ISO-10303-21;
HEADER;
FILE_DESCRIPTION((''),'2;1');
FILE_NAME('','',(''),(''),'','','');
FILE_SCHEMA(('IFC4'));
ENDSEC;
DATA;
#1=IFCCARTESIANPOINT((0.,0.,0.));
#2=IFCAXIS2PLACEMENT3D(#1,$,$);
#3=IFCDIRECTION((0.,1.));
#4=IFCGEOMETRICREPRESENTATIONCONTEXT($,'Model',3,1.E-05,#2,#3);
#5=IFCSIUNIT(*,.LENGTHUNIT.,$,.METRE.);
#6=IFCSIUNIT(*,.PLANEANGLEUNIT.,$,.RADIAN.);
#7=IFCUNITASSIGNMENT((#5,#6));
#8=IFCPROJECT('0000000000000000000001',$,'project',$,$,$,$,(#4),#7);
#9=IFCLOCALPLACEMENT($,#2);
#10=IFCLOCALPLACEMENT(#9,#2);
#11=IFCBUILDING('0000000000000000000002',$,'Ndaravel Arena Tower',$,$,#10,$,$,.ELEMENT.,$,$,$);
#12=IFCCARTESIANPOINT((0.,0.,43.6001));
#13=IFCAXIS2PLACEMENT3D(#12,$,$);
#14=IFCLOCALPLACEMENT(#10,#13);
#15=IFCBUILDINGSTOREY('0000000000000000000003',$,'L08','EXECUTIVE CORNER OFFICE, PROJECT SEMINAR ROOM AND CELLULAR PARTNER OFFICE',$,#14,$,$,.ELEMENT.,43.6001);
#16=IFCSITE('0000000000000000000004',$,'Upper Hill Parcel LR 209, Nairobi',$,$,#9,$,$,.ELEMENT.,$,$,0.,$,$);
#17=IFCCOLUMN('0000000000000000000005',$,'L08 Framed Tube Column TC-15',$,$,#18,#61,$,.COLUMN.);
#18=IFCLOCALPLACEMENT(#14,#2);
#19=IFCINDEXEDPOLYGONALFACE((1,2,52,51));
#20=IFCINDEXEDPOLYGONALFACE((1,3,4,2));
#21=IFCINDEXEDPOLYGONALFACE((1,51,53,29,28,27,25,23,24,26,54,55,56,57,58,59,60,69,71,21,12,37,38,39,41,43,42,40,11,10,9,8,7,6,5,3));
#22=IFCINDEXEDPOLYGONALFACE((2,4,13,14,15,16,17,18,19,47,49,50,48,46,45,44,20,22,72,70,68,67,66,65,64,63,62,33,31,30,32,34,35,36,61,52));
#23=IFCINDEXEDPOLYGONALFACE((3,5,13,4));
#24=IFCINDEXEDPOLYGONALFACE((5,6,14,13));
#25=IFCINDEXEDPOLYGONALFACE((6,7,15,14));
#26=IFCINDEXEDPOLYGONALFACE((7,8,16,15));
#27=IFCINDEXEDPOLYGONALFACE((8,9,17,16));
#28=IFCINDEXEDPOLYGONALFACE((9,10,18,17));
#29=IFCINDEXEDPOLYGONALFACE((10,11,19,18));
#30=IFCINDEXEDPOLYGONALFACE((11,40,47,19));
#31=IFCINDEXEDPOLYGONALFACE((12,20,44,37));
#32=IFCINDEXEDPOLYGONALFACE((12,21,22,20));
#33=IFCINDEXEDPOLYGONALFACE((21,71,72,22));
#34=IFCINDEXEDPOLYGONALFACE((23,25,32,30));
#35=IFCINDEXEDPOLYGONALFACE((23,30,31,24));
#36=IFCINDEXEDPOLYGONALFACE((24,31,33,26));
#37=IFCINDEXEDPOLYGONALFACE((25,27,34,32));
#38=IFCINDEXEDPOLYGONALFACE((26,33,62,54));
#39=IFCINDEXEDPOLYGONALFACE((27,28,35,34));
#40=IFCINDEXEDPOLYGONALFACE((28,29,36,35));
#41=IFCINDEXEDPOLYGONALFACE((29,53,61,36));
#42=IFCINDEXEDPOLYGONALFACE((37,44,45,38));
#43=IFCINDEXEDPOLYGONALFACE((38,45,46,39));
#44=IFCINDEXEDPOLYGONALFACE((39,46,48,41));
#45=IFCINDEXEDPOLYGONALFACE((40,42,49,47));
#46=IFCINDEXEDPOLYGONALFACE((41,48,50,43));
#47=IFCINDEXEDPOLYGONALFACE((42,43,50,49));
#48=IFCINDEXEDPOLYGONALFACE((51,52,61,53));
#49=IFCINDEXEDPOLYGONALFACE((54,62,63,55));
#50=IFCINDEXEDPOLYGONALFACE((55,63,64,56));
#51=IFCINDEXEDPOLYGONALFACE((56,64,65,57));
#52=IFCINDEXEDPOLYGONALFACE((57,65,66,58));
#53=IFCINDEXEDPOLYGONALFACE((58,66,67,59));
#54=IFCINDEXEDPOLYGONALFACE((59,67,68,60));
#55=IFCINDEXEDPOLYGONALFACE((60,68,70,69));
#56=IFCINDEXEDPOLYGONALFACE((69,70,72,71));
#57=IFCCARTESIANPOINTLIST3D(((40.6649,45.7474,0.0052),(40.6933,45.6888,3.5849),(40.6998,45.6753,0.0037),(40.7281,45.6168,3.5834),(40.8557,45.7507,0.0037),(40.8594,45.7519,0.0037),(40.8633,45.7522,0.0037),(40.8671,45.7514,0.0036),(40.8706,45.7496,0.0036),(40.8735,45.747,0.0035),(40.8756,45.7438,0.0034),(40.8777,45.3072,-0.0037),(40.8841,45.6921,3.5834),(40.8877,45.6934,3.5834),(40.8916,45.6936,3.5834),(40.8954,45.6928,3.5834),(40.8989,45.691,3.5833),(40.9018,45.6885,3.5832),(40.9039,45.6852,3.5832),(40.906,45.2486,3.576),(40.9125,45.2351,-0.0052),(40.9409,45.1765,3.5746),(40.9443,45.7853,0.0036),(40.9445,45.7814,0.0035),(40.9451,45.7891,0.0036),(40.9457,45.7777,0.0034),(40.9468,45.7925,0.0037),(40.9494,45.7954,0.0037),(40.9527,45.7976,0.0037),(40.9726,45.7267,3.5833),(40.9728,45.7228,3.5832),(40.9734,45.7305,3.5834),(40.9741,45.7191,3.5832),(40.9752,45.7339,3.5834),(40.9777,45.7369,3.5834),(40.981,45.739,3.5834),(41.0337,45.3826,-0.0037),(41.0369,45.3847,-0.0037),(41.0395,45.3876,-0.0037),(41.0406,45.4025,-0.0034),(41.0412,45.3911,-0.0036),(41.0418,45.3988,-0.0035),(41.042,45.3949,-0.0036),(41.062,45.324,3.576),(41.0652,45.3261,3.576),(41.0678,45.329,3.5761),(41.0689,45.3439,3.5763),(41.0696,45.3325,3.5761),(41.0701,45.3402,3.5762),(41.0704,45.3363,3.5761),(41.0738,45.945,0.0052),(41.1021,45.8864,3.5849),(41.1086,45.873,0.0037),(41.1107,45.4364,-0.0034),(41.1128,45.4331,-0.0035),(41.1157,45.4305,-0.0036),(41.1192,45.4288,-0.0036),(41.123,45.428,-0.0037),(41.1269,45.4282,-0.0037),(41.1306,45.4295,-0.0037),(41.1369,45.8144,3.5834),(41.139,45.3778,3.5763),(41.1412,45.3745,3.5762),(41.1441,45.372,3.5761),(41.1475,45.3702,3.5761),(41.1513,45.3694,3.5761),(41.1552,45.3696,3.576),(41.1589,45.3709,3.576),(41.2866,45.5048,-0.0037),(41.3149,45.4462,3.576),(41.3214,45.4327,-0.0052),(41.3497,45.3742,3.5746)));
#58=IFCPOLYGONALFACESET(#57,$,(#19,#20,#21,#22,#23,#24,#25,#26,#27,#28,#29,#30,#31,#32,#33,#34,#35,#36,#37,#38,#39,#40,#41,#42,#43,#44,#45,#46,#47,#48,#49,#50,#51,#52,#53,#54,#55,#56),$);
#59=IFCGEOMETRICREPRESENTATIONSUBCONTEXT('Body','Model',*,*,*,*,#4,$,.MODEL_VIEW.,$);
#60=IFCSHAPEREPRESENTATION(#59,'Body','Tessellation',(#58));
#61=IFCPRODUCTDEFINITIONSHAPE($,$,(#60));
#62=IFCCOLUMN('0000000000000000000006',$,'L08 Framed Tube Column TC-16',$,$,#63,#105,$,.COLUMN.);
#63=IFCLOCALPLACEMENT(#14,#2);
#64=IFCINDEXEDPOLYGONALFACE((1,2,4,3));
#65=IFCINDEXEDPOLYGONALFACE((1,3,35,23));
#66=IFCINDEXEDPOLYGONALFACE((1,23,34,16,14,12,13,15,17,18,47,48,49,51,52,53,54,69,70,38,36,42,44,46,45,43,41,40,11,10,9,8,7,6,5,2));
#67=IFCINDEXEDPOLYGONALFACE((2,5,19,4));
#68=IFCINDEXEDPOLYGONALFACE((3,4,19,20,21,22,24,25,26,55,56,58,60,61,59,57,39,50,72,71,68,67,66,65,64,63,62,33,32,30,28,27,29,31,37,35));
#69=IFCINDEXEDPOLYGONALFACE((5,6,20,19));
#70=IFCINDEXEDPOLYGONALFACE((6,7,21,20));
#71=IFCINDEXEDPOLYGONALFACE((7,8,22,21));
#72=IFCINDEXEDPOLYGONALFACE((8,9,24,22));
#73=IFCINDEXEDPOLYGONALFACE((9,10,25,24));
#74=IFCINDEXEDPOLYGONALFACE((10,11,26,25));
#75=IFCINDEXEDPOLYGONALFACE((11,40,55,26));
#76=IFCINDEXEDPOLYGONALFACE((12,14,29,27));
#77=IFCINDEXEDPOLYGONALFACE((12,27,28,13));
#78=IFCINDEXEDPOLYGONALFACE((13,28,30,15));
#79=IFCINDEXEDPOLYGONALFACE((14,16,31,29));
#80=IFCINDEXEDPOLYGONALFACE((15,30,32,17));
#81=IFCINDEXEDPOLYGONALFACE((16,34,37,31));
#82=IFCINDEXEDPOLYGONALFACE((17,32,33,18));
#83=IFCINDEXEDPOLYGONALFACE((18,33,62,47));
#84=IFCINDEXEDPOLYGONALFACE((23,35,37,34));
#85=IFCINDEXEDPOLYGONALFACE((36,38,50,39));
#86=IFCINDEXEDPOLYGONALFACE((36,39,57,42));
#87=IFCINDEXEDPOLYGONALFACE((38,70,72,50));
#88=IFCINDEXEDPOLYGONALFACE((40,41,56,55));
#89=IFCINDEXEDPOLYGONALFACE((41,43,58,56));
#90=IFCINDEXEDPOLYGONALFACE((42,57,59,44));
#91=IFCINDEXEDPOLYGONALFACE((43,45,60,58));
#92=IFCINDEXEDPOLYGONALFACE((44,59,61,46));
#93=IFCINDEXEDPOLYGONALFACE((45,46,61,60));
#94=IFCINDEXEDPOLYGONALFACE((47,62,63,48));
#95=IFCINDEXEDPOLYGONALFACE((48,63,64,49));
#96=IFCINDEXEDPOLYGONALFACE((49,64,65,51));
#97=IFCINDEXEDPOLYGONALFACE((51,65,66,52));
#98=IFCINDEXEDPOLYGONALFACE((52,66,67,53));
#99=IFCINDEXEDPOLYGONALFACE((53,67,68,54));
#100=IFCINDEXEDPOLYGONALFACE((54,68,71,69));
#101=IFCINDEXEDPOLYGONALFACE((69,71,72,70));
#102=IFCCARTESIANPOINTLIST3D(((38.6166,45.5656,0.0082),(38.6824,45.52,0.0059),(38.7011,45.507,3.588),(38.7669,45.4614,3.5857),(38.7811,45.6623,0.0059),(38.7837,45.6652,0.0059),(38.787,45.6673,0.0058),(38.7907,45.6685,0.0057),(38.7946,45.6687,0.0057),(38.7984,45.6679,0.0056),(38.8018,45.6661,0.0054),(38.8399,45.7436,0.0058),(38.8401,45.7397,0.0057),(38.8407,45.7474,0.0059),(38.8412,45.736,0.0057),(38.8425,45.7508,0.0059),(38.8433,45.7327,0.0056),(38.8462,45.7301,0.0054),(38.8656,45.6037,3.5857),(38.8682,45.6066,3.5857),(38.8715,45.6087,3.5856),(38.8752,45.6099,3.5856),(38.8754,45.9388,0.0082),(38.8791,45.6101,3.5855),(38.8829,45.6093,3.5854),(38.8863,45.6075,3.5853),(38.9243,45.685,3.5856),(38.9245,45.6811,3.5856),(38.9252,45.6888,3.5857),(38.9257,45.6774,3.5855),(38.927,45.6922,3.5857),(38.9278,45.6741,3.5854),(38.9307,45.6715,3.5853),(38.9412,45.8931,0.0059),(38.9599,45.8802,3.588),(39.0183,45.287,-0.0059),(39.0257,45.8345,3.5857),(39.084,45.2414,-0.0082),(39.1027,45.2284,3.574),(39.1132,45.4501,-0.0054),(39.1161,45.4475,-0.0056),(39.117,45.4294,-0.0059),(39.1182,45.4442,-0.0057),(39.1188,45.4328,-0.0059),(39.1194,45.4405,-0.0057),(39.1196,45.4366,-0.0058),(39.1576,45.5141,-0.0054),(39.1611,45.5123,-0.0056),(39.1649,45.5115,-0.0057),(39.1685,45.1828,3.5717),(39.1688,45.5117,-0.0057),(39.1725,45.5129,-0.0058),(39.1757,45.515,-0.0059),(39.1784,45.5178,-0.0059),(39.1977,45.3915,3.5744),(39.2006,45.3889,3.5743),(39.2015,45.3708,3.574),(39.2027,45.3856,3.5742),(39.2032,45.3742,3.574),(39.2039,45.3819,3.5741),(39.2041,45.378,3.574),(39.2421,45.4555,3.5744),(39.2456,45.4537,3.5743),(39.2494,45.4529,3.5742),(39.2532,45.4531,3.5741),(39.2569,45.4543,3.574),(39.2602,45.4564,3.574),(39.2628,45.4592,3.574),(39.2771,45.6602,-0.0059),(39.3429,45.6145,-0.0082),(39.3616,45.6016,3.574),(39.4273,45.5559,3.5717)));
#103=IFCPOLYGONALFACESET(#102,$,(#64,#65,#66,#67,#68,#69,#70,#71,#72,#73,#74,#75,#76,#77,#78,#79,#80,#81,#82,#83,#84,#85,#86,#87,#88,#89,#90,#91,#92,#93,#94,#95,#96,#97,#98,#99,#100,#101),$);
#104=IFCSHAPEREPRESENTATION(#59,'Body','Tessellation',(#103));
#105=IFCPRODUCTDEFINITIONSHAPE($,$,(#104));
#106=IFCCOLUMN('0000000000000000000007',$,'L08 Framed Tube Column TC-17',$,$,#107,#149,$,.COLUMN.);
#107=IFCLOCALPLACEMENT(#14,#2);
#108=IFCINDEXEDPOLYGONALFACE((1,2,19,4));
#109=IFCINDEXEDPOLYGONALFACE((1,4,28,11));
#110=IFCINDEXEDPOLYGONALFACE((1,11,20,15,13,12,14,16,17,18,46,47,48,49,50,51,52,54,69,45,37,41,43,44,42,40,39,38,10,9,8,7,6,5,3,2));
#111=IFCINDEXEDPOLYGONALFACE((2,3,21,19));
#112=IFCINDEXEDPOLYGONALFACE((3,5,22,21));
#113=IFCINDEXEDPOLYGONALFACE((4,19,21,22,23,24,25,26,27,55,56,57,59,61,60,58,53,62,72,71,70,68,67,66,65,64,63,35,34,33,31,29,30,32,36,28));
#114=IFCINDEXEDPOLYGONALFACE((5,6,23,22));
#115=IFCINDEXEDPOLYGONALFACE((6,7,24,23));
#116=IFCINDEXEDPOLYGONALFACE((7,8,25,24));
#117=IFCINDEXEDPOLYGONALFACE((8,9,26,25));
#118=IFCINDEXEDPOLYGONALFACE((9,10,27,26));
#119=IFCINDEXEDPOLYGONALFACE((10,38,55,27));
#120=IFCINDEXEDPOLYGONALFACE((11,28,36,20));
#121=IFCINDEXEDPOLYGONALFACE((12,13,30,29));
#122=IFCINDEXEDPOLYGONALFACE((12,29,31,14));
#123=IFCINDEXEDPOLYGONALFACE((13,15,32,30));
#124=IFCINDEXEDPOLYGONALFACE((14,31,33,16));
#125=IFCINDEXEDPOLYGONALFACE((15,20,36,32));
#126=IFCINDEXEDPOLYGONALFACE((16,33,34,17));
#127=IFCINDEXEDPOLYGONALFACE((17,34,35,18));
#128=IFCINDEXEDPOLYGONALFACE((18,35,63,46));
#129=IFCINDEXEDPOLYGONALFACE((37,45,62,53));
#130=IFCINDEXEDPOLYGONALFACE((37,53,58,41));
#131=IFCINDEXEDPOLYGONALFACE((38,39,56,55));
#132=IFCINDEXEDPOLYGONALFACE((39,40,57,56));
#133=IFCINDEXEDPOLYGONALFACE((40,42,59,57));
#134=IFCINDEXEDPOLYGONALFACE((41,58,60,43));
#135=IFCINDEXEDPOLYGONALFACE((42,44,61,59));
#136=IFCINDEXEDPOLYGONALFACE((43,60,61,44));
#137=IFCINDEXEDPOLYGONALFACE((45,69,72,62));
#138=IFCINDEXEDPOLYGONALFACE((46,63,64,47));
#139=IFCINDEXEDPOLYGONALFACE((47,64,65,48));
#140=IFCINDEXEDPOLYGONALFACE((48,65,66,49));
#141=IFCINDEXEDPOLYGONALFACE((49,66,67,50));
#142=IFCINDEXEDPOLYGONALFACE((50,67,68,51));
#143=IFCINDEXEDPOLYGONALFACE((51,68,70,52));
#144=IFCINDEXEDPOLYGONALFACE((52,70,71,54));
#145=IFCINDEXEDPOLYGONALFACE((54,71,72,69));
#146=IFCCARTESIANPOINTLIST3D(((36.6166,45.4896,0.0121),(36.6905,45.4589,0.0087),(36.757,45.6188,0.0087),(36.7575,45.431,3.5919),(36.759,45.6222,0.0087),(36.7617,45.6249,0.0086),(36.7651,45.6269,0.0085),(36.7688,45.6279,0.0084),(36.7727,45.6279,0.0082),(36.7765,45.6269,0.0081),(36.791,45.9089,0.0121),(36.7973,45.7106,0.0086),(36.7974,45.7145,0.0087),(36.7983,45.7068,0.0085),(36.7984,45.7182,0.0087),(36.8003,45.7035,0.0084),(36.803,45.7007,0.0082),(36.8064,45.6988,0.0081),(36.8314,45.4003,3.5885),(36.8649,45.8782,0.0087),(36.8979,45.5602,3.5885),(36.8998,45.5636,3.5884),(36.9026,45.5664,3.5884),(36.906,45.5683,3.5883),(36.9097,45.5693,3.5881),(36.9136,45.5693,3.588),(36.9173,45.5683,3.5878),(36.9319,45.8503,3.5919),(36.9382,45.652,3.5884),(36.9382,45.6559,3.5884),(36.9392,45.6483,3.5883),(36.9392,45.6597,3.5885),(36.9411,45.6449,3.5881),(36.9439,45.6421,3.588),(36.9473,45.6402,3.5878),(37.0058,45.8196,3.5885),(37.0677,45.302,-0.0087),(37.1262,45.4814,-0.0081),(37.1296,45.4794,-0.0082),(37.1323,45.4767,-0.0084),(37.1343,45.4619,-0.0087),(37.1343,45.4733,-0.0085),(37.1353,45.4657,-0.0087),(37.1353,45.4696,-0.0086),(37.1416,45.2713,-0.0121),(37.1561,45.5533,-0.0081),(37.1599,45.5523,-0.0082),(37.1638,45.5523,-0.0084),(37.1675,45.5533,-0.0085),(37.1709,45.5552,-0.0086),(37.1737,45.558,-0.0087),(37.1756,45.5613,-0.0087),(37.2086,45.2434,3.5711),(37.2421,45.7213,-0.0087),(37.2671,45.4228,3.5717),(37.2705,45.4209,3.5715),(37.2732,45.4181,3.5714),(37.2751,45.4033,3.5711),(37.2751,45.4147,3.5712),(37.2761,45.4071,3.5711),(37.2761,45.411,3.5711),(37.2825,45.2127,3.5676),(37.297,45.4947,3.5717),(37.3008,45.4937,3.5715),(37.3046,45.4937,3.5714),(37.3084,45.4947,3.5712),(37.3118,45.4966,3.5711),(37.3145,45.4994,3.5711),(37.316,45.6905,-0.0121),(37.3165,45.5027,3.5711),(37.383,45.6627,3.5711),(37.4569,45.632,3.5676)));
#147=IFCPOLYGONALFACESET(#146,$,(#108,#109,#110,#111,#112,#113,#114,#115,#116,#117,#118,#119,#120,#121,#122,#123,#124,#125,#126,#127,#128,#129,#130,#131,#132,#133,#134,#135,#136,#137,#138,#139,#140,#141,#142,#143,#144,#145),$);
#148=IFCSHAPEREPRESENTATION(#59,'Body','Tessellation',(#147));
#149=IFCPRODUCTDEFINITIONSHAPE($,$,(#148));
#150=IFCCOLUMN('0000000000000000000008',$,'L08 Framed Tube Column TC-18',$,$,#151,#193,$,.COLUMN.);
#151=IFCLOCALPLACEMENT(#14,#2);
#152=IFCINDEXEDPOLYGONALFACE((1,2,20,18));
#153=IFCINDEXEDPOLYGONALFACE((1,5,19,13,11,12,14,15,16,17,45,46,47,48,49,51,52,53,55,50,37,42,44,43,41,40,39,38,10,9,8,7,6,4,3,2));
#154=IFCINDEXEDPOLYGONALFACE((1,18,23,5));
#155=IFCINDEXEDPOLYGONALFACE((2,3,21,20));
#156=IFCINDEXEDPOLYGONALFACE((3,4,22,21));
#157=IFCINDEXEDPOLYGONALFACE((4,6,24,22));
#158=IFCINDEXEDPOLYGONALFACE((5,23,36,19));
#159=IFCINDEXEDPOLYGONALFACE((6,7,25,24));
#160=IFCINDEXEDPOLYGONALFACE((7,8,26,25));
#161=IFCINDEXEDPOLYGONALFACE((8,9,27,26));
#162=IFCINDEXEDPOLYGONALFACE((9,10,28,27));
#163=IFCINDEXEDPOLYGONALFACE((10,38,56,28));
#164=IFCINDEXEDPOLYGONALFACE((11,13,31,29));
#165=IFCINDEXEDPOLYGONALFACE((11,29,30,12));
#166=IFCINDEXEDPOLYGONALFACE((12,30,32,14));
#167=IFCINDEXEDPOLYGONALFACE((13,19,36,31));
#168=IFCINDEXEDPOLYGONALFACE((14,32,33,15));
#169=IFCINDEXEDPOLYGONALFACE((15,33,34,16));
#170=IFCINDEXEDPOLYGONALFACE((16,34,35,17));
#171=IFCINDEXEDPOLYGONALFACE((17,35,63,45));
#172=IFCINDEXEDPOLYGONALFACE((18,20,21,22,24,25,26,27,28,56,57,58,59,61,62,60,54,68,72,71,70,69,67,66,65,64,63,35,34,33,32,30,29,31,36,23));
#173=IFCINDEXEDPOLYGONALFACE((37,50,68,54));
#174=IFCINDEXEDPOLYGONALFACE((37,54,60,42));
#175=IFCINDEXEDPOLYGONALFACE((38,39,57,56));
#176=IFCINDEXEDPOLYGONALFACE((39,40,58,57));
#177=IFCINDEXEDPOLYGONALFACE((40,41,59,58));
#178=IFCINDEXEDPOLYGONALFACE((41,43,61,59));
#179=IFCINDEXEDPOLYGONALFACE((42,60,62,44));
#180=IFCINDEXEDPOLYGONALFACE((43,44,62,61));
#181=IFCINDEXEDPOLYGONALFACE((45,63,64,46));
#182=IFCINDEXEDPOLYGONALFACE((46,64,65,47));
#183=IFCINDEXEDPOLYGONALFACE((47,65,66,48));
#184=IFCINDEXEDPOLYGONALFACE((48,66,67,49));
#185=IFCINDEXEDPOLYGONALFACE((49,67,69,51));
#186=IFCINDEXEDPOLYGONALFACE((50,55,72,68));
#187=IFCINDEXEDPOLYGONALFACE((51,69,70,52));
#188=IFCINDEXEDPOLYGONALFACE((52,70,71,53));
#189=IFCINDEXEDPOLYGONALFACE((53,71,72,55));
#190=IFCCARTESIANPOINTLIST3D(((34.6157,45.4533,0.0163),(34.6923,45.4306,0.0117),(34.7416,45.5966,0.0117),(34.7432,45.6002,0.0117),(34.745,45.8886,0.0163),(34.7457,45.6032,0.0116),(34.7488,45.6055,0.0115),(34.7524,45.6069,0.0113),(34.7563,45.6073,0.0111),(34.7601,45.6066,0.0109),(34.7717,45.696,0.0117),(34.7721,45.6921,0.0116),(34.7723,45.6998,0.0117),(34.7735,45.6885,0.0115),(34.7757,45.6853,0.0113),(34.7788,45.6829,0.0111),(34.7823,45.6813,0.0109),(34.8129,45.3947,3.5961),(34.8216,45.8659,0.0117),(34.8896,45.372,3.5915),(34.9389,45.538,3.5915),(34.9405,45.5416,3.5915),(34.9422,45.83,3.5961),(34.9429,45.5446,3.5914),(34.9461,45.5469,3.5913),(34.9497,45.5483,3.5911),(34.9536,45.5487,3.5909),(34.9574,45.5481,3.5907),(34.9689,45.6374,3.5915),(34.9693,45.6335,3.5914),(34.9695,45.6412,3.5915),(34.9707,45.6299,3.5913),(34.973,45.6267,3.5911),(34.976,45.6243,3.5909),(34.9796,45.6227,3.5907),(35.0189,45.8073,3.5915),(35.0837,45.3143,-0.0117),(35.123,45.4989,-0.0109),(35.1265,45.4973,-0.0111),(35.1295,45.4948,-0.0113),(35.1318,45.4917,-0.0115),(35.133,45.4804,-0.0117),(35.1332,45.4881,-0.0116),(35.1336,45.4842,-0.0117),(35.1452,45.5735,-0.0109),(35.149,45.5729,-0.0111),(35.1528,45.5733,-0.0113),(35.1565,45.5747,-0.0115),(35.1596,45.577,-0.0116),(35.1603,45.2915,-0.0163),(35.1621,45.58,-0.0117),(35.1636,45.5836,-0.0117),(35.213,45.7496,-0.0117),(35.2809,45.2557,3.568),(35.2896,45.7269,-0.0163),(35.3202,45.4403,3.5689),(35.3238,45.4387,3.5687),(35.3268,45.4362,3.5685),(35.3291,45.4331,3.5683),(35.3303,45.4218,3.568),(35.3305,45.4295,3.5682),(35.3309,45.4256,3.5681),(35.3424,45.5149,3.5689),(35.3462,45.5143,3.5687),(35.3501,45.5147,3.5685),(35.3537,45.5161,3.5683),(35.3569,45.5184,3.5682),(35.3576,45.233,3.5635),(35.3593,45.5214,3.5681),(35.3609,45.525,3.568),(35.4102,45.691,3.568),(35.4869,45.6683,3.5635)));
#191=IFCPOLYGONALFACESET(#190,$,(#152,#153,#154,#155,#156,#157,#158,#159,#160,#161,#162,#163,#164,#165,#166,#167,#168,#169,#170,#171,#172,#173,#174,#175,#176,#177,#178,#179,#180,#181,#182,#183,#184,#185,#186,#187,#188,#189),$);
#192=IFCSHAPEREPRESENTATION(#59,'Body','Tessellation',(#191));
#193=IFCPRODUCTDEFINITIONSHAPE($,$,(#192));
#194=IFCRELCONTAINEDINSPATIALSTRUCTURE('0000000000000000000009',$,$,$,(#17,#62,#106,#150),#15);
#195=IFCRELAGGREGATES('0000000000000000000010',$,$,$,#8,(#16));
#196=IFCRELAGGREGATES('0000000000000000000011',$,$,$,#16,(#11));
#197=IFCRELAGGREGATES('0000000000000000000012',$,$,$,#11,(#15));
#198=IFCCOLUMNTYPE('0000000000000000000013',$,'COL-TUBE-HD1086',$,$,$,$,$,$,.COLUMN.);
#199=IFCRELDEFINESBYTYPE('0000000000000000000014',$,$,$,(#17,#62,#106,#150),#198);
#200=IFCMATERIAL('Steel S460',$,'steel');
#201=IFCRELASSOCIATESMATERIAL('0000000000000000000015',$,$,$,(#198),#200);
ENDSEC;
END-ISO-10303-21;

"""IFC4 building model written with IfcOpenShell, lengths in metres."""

from ifc_helpers import new_model, si_unit, direction, frame, origin, origin_2d, place, context, subcontext, project, spatial, i_section, extrude, material, material_profile, profile_set, type_object, element, save


model = new_model("IFC4")

# Units and contexts
model_context = context("Model", 3, precision=1e-05, world=origin(), true_north=direction((0.0, 1.0)))
body_context = subcontext(model_context, "Body", "Model", "MODEL_VIEW")
ifc_project = project(units=[si_unit("LENGTHUNIT", "METRE"), si_unit("PLANEANGLEUNIT", "RADIAN")], contexts=[model_context])

# Site, building, storey
site_placement = place(None, origin())
site = spatial("IfcSite", under=ifc_project, at=site_placement, Name="Upper Hill Parcel LR 209, Nairobi", CompositionType="ELEMENT", RefElevation=0.0)
building_placement = place(site_placement, origin())
building = spatial("IfcBuilding", under=site, at=building_placement, Name="Ndaravel Arena Tower", CompositionType="ELEMENT")
storey_placement = place(building_placement, frame((0.0, 0.0, 43.6001)))
storey = spatial("IfcBuildingStorey", under=building, at=storey_placement, Name="L08", Description="EXECUTIVE CORNER OFFICE, PROJECT SEMINAR ROOM AND CELLULAR PARTNER OFFICE", CompositionType="ELEMENT", Elevation=43.6001)

# Columns
ifc_material_1 = material(Name="Steel S460", Category="steel")
ifc_material_profile_1 = material_profile(ifc_material_1, i_section(OverallWidth=0.4541, OverallDepth=0.5691, WebThickness=0.0779, FlangeThickness=0.0801, FilletRadius=0.0149, at=origin_2d()), Name="HD 400x1086")
ifc_profile_set_1 = profile_set([ifc_material_profile_1], Name="Steel S460")
column_type = type_object("IfcColumnType", Name="COL-TUBE-HD1086", PredefinedType="COLUMN", material=ifc_profile_set_1)
column_1_placement = place(storey_placement, frame((40.9932, 45.5901, 0.0), z_axis=(0.00791, -0.016365, 0.999835), x_axis=(0.900349, 0.435169, 0.0)))
element("IfcColumn", 1, at=column_1_placement, inside=storey, type_object=column_type, Name="L08 Framed Tube Column TC-15", PredefinedType="COLUMN", context=body_context, shape_type="SweptSolid", body=[
    extrude(i_section(OverallWidth=0.4541, OverallDepth=0.5691, WebThickness=0.0779, FlangeThickness=0.0801, FilletRadius=0.0149, at=origin_2d()), origin(), (0.0, 0.0, 1.0), 3.5803),
])
column_2_placement = place(storey_placement, frame((38.9797, 45.5901, 0.0), z_axis=(0.023587, -0.016361, 0.999588), x_axis=(0.569951, 0.821679, 0.0)))
element("IfcColumn", 2, at=column_2_placement, inside=storey, type_object=column_type, Name="L08 Framed Tube Column TC-16", PredefinedType="COLUMN", context=body_context, shape_type="SweptSolid", body=[
    extrude(i_section(OverallWidth=0.4541, OverallDepth=0.5691, WebThickness=0.0779, FlangeThickness=0.0801, FilletRadius=0.0149, at=origin_2d()), origin(), (0.0, 0.0, 1.0), 3.5813),
])
column_3_placement = place(storey_placement, frame((36.9663, 45.5901, 0.0), z_axis=(0.039315, -0.016353, 0.999093), x_axis=(0.384047, 0.923313, 0.0)))
element("IfcColumn", 3, at=column_3_placement, inside=storey, type_object=column_type, Name="L08 Framed Tube Column TC-17", PredefinedType="COLUMN", context=body_context, shape_type="SweptSolid", body=[
    extrude(i_section(OverallWidth=0.4541, OverallDepth=0.5691, WebThickness=0.0779, FlangeThickness=0.0801, FilletRadius=0.0149, at=origin_2d()), origin(), (0.0, 0.0, 1.0), 3.583),
])
column_4_placement = place(storey_placement, frame((34.9526, 45.5901, 0.0), z_axis=(0.055014, -0.016341, 0.998352), x_axis=(0.284735, 0.958606, 0.0)))
element("IfcColumn", 4, at=column_4_placement, inside=storey, type_object=column_type, Name="L08 Framed Tube Column TC-18", PredefinedType="COLUMN", context=body_context, shape_type="SweptSolid", body=[
    extrude(i_section(OverallWidth=0.4541, OverallDepth=0.5691, WebThickness=0.0779, FlangeThickness=0.0801, FilletRadius=0.0149, at=origin_2d()), origin(), (0.0, 0.0, 1.0), 3.5857),
])

save(model, "model.ifc")
